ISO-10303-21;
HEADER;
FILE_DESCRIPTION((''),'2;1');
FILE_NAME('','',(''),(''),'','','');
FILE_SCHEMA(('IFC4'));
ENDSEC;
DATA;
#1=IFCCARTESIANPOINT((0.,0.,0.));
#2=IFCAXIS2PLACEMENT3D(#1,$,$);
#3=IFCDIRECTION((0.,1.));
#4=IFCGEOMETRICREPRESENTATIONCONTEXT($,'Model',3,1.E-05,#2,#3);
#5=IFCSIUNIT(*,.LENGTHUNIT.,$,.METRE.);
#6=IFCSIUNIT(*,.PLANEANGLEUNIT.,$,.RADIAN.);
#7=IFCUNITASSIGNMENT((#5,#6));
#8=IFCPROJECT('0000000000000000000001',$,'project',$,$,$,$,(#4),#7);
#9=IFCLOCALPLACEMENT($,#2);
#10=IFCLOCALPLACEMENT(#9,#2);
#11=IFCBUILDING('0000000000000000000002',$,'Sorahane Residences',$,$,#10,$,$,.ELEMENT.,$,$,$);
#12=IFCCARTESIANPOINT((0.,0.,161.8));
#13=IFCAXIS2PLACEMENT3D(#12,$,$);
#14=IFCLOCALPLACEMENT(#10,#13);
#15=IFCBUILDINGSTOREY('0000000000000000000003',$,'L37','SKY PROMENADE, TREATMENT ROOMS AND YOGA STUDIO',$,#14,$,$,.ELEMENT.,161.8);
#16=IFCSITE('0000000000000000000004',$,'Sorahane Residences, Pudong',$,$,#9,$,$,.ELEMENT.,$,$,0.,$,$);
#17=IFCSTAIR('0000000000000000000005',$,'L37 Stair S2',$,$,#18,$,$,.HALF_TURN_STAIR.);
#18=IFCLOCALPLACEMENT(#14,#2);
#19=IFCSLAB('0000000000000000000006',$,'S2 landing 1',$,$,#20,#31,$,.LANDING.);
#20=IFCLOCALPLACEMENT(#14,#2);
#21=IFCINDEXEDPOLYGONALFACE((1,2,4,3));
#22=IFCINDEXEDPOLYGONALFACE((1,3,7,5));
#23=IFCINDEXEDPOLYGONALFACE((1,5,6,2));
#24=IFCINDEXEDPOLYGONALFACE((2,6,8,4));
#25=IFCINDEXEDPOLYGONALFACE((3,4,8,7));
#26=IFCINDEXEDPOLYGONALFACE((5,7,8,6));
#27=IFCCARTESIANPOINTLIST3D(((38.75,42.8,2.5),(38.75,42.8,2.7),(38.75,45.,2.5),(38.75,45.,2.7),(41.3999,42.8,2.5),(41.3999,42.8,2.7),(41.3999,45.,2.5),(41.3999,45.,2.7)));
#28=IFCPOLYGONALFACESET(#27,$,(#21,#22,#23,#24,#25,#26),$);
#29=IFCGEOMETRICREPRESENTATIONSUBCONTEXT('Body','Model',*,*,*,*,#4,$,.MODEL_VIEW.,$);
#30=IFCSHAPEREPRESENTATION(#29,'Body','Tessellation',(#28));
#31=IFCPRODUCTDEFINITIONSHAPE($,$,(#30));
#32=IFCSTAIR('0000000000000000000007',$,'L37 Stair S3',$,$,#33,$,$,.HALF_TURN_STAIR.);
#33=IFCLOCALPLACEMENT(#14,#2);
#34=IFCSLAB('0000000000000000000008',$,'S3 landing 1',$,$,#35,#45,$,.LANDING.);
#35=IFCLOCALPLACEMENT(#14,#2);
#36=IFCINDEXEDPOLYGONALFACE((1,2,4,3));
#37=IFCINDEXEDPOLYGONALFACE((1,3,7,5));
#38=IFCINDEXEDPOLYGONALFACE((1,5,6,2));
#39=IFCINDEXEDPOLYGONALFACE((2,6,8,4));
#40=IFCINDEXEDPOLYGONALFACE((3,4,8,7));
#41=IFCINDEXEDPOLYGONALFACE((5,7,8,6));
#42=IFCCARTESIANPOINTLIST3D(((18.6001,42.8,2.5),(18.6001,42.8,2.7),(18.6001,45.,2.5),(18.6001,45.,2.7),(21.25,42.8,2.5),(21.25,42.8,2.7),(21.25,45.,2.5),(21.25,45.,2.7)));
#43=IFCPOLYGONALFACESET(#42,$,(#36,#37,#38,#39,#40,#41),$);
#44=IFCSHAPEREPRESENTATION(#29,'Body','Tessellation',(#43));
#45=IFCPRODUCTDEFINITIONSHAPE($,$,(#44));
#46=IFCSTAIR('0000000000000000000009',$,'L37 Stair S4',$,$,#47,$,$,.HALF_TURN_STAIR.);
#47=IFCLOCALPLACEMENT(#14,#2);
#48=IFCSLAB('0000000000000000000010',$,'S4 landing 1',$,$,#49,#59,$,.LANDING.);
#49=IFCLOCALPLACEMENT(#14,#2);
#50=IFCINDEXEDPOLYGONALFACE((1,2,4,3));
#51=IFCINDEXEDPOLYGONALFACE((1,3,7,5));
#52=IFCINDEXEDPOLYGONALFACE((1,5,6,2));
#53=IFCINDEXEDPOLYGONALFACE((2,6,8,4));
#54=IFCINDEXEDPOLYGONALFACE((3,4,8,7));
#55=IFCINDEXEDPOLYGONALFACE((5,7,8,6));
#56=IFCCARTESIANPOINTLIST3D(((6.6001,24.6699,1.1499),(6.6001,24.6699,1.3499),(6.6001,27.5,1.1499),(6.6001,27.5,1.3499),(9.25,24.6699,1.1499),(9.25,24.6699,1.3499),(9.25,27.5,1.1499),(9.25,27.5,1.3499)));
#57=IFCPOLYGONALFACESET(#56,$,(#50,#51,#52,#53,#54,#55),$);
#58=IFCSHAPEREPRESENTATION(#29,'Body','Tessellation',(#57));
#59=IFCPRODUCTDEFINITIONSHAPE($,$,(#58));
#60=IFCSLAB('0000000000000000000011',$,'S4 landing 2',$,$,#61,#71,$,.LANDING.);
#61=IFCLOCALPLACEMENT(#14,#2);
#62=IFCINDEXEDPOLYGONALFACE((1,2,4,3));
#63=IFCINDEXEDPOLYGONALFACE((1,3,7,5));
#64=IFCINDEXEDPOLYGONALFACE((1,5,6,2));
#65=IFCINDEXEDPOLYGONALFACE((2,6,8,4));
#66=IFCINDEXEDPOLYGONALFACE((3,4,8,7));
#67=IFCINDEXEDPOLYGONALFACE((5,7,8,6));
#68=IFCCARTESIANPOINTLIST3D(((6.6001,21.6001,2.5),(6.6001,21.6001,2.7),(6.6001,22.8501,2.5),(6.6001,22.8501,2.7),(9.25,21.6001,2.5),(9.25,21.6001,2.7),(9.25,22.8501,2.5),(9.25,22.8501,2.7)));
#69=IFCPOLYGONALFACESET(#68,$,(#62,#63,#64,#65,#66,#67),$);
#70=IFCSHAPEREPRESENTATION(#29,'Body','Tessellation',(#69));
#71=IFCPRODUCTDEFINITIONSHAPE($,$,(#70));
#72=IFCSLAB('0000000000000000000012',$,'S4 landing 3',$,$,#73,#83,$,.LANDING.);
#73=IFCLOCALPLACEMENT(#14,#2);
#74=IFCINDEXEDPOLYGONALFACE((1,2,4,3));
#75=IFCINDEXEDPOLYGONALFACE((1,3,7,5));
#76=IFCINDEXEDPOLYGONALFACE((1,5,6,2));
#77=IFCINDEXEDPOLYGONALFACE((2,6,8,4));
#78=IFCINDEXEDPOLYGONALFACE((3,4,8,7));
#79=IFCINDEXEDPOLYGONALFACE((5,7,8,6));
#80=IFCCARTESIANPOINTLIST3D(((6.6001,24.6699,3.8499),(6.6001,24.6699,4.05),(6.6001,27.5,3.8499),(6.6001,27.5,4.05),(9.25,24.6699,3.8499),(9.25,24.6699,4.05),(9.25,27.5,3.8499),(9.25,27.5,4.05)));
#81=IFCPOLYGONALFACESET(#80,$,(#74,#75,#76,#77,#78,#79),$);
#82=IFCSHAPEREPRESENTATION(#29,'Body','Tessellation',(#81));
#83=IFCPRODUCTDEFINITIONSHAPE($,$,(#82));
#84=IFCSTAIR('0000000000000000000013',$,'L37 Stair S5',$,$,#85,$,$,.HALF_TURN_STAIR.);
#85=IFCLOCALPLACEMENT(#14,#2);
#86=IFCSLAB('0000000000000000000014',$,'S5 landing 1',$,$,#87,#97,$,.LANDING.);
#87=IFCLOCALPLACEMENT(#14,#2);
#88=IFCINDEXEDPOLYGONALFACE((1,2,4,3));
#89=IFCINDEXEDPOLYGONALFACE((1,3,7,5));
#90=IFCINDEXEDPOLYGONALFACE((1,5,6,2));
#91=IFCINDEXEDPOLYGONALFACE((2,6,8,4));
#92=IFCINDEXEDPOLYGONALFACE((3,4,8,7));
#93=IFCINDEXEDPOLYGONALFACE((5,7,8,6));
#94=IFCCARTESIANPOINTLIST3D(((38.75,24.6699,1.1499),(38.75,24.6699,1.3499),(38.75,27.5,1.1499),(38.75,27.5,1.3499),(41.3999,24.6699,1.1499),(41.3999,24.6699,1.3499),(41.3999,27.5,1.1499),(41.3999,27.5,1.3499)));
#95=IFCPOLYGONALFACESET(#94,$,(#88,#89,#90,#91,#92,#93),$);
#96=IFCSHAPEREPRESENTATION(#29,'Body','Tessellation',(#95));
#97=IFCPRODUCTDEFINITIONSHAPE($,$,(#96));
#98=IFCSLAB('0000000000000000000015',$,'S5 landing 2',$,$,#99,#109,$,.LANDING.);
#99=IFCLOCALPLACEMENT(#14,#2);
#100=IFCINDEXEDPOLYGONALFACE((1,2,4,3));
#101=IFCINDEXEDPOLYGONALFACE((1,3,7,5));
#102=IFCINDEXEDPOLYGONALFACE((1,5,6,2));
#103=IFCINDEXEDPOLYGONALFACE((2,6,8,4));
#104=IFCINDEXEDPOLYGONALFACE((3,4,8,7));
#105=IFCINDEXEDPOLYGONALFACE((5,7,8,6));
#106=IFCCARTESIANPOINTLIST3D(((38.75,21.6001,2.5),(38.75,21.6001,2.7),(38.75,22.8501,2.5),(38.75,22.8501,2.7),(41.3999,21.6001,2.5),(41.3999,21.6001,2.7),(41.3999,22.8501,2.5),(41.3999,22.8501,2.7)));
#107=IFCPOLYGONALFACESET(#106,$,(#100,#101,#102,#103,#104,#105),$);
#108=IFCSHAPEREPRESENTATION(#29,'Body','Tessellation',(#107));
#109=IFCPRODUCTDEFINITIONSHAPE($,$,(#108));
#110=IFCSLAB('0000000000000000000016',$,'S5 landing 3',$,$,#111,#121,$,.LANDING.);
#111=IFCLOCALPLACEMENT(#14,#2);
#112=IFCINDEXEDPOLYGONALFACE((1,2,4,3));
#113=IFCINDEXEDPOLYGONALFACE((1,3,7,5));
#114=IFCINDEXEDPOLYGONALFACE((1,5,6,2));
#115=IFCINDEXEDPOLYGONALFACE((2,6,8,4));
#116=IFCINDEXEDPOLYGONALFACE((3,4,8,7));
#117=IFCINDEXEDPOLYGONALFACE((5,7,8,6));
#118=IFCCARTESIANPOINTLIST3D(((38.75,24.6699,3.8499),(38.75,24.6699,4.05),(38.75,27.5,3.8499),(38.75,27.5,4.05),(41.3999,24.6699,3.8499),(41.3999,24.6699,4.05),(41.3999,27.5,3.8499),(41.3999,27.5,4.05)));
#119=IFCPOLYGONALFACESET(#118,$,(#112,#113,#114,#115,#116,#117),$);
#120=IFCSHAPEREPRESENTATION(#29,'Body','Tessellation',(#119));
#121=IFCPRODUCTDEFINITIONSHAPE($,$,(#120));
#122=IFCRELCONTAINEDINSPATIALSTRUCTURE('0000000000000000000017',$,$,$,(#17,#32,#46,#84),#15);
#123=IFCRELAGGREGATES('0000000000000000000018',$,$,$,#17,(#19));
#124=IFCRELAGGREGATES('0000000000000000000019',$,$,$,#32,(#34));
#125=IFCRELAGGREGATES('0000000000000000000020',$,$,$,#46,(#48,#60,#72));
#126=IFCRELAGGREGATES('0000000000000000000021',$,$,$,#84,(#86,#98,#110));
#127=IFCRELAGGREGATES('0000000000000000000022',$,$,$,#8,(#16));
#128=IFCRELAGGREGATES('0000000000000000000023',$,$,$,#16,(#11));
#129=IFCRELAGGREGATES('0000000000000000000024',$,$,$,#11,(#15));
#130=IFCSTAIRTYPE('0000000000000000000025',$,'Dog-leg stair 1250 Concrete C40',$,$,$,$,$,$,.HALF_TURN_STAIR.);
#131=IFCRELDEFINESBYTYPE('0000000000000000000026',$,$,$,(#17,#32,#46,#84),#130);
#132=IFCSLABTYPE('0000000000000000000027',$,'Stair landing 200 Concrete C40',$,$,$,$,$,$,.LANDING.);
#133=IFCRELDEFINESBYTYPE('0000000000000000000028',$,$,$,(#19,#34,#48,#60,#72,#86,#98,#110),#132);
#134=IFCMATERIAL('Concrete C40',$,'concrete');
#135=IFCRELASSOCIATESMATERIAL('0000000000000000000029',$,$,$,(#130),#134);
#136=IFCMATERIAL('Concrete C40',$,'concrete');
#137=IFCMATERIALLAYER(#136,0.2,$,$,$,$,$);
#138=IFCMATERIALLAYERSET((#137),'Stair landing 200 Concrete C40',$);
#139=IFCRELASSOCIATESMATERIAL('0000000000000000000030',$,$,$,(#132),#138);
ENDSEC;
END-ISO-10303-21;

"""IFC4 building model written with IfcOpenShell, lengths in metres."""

from ifc_helpers import new_model, si_unit, direction, frame, origin, place, context, subcontext, project, spatial, polyline, outline, extrude, material, layer, layer_set, type_object, element, aggregate, save


model = new_model("IFC4")

# Units and contexts
model_context = context("Model", 3, precision=1e-05, world=origin(), true_north=direction((0.0, 1.0)))
body_context = subcontext(model_context, "Body", "Model", "MODEL_VIEW")
ifc_project = project(units=[si_unit("LENGTHUNIT", "METRE"), si_unit("PLANEANGLEUNIT", "RADIAN")], contexts=[model_context])

# Site, building, storey
site_placement = place(None, origin())
site = spatial("IfcSite", under=ifc_project, at=site_placement, Name="Sorahane Residences, Pudong", CompositionType="ELEMENT", RefElevation=0.0)
building_placement = place(site_placement, origin())
building = spatial("IfcBuilding", under=site, at=building_placement, Name="Sorahane Residences", CompositionType="ELEMENT")
storey_placement = place(building_placement, frame((0.0, 0.0, 161.8)))
storey = spatial("IfcBuildingStorey", under=building, at=storey_placement, Name="L37", Description="SKY PROMENADE, TREATMENT ROOMS AND YOGA STUDIO", CompositionType="ELEMENT", Elevation=161.8)

# Stairs, slabs
ifc_material_1 = material(Name="Concrete C40", Category="concrete")
stair_type = type_object("IfcStairType", Name="Dog-leg stair 1250 Concrete C40", PredefinedType="HALF_TURN_STAIR", material=ifc_material_1)
ifc_material_2 = material(Name="Concrete C40", Category="concrete")
ifc_layer_1 = layer(ifc_material_2, 0.2)
ifc_layer_set_1 = layer_set([ifc_layer_1], Name="Stair landing 200 Concrete C40")
slab_type_1 = type_object("IfcSlabType", Name="Stair landing 200 Concrete C40", PredefinedType="LANDING", material=ifc_layer_set_1)
stair_1_placement = place(storey_placement, origin())
stair_1 = element("IfcStair", 1, at=stair_1_placement, inside=storey, type_object=stair_type, Name="L37 Stair S2", PredefinedType="HALF_TURN_STAIR")
slab_1_placement = place(storey_placement, frame((0.0, 0.0, 2.5)))
slab_1 = element("IfcSlab", 2, at=slab_1_placement, type_object=slab_type_1, Name="S2 landing 1", PredefinedType="LANDING", context=body_context, shape_type="SweptSolid", body=[
    extrude(outline(polyline([(41.3999, 42.8), (41.3999, 45.0), (38.75, 45.0), (38.75, 42.8), (41.3999, 42.8)])), origin(), (0.0, 0.0, 1.0), 0.2),
])
aggregate(stair_1, [slab_1])
stair_2_placement = place(storey_placement, origin())
stair_2 = element("IfcStair", 3, at=stair_2_placement, inside=storey, type_object=stair_type, Name="L37 Stair S3", PredefinedType="HALF_TURN_STAIR")
slab_2_placement = place(storey_placement, frame((0.0, 0.0, 2.5)))
slab_2 = element("IfcSlab", 4, at=slab_2_placement, type_object=slab_type_1, Name="S3 landing 1", PredefinedType="LANDING", context=body_context, shape_type="SweptSolid", body=[
    extrude(outline(polyline([(21.25, 42.8), (21.25, 45.0), (18.6001, 45.0), (18.6001, 42.8), (21.25, 42.8)])), origin(), (0.0, 0.0, 1.0), 0.2),
])
aggregate(stair_2, [slab_2])

# Stairs, slabs
stair_3_placement = place(storey_placement, origin())
stair_3 = element("IfcStair", 5, at=stair_3_placement, inside=storey, type_object=stair_type, Name="L37 Stair S4", PredefinedType="HALF_TURN_STAIR")
slab_3_placement = place(storey_placement, frame((0.0, 0.0, 1.1499)))
slab_3 = element("IfcSlab", 6, at=slab_3_placement, type_object=slab_type_1, Name="S4 landing 1", PredefinedType="LANDING", context=body_context, shape_type="SweptSolid", body=[
    extrude(outline(polyline([(9.25, 24.6699), (9.25, 27.5), (6.6001, 27.5), (6.6001, 24.6699), (9.25, 24.6699)])), origin(), (0.0, 0.0, 1.0), 0.2),
])
slab_4_placement = place(storey_placement, frame((0.0, 0.0, 2.5)))
slab_4 = element("IfcSlab", 7, at=slab_4_placement, type_object=slab_type_1, Name="S4 landing 2", PredefinedType="LANDING", context=body_context, shape_type="SweptSolid", body=[
    extrude(outline(polyline([(9.25, 21.6001), (9.25, 22.8501), (6.6001, 22.8501), (6.6001, 21.6001), (9.25, 21.6001)])), origin(), (0.0, 0.0, 1.0), 0.2),
])
slab_5_placement = place(storey_placement, frame((0.0, 0.0, 3.8499)))
slab_5 = element("IfcSlab", 8, at=slab_5_placement, type_object=slab_type_1, Name="S4 landing 3", PredefinedType="LANDING", context=body_context, shape_type="SweptSolid", body=[
    extrude(outline(polyline([(9.25, 24.6699), (9.25, 27.5), (6.6001, 27.5), (6.6001, 24.6699), (9.25, 24.6699)])), origin(), (0.0, 0.0, 1.0), 0.2002),
])
aggregate(stair_3, [slab_3, slab_4, slab_5])
stair_4_placement = place(storey_placement, origin())
stair_4 = element("IfcStair", 9, at=stair_4_placement, inside=storey, type_object=stair_type, Name="L37 Stair S5", PredefinedType="HALF_TURN_STAIR")
slab_6_placement = place(storey_placement, frame((0.0, 0.0, 1.1499)))
slab_6 = element("IfcSlab", 10, at=slab_6_placement, type_object=slab_type_1, Name="S5 landing 1", PredefinedType="LANDING", context=body_context, shape_type="SweptSolid", body=[
    extrude(outline(polyline([(41.3999, 24.6699), (41.3999, 27.5), (38.75, 27.5), (38.75, 24.6699), (41.3999, 24.6699)])), origin(), (0.0, 0.0, 1.0), 0.2),
])
slab_7_placement = place(storey_placement, frame((0.0, 0.0, 2.5)))
slab_7 = element("IfcSlab", 11, at=slab_7_placement, type_object=slab_type_1, Name="S5 landing 2", PredefinedType="LANDING", context=body_context, shape_type="SweptSolid", body=[
    extrude(outline(polyline([(41.3999, 21.6001), (41.3999, 22.8501), (38.75, 22.8501), (38.75, 21.6001), (41.3999, 21.6001)])), origin(), (0.0, 0.0, 1.0), 0.2),
])
slab_8_placement = place(storey_placement, frame((0.0, 0.0, 3.8499)))
slab_8 = element("IfcSlab", 12, at=slab_8_placement, type_object=slab_type_1, Name="S5 landing 3", PredefinedType="LANDING", context=body_context, shape_type="SweptSolid", body=[
    extrude(outline(polyline([(41.3999, 24.6699), (41.3999, 27.5), (38.75, 27.5), (38.75, 24.6699), (41.3999, 24.6699)])), origin(), (0.0, 0.0, 1.0), 0.2002),
])
aggregate(stair_4, [slab_6, slab_7, slab_8])

save(model, "model.ifc")
